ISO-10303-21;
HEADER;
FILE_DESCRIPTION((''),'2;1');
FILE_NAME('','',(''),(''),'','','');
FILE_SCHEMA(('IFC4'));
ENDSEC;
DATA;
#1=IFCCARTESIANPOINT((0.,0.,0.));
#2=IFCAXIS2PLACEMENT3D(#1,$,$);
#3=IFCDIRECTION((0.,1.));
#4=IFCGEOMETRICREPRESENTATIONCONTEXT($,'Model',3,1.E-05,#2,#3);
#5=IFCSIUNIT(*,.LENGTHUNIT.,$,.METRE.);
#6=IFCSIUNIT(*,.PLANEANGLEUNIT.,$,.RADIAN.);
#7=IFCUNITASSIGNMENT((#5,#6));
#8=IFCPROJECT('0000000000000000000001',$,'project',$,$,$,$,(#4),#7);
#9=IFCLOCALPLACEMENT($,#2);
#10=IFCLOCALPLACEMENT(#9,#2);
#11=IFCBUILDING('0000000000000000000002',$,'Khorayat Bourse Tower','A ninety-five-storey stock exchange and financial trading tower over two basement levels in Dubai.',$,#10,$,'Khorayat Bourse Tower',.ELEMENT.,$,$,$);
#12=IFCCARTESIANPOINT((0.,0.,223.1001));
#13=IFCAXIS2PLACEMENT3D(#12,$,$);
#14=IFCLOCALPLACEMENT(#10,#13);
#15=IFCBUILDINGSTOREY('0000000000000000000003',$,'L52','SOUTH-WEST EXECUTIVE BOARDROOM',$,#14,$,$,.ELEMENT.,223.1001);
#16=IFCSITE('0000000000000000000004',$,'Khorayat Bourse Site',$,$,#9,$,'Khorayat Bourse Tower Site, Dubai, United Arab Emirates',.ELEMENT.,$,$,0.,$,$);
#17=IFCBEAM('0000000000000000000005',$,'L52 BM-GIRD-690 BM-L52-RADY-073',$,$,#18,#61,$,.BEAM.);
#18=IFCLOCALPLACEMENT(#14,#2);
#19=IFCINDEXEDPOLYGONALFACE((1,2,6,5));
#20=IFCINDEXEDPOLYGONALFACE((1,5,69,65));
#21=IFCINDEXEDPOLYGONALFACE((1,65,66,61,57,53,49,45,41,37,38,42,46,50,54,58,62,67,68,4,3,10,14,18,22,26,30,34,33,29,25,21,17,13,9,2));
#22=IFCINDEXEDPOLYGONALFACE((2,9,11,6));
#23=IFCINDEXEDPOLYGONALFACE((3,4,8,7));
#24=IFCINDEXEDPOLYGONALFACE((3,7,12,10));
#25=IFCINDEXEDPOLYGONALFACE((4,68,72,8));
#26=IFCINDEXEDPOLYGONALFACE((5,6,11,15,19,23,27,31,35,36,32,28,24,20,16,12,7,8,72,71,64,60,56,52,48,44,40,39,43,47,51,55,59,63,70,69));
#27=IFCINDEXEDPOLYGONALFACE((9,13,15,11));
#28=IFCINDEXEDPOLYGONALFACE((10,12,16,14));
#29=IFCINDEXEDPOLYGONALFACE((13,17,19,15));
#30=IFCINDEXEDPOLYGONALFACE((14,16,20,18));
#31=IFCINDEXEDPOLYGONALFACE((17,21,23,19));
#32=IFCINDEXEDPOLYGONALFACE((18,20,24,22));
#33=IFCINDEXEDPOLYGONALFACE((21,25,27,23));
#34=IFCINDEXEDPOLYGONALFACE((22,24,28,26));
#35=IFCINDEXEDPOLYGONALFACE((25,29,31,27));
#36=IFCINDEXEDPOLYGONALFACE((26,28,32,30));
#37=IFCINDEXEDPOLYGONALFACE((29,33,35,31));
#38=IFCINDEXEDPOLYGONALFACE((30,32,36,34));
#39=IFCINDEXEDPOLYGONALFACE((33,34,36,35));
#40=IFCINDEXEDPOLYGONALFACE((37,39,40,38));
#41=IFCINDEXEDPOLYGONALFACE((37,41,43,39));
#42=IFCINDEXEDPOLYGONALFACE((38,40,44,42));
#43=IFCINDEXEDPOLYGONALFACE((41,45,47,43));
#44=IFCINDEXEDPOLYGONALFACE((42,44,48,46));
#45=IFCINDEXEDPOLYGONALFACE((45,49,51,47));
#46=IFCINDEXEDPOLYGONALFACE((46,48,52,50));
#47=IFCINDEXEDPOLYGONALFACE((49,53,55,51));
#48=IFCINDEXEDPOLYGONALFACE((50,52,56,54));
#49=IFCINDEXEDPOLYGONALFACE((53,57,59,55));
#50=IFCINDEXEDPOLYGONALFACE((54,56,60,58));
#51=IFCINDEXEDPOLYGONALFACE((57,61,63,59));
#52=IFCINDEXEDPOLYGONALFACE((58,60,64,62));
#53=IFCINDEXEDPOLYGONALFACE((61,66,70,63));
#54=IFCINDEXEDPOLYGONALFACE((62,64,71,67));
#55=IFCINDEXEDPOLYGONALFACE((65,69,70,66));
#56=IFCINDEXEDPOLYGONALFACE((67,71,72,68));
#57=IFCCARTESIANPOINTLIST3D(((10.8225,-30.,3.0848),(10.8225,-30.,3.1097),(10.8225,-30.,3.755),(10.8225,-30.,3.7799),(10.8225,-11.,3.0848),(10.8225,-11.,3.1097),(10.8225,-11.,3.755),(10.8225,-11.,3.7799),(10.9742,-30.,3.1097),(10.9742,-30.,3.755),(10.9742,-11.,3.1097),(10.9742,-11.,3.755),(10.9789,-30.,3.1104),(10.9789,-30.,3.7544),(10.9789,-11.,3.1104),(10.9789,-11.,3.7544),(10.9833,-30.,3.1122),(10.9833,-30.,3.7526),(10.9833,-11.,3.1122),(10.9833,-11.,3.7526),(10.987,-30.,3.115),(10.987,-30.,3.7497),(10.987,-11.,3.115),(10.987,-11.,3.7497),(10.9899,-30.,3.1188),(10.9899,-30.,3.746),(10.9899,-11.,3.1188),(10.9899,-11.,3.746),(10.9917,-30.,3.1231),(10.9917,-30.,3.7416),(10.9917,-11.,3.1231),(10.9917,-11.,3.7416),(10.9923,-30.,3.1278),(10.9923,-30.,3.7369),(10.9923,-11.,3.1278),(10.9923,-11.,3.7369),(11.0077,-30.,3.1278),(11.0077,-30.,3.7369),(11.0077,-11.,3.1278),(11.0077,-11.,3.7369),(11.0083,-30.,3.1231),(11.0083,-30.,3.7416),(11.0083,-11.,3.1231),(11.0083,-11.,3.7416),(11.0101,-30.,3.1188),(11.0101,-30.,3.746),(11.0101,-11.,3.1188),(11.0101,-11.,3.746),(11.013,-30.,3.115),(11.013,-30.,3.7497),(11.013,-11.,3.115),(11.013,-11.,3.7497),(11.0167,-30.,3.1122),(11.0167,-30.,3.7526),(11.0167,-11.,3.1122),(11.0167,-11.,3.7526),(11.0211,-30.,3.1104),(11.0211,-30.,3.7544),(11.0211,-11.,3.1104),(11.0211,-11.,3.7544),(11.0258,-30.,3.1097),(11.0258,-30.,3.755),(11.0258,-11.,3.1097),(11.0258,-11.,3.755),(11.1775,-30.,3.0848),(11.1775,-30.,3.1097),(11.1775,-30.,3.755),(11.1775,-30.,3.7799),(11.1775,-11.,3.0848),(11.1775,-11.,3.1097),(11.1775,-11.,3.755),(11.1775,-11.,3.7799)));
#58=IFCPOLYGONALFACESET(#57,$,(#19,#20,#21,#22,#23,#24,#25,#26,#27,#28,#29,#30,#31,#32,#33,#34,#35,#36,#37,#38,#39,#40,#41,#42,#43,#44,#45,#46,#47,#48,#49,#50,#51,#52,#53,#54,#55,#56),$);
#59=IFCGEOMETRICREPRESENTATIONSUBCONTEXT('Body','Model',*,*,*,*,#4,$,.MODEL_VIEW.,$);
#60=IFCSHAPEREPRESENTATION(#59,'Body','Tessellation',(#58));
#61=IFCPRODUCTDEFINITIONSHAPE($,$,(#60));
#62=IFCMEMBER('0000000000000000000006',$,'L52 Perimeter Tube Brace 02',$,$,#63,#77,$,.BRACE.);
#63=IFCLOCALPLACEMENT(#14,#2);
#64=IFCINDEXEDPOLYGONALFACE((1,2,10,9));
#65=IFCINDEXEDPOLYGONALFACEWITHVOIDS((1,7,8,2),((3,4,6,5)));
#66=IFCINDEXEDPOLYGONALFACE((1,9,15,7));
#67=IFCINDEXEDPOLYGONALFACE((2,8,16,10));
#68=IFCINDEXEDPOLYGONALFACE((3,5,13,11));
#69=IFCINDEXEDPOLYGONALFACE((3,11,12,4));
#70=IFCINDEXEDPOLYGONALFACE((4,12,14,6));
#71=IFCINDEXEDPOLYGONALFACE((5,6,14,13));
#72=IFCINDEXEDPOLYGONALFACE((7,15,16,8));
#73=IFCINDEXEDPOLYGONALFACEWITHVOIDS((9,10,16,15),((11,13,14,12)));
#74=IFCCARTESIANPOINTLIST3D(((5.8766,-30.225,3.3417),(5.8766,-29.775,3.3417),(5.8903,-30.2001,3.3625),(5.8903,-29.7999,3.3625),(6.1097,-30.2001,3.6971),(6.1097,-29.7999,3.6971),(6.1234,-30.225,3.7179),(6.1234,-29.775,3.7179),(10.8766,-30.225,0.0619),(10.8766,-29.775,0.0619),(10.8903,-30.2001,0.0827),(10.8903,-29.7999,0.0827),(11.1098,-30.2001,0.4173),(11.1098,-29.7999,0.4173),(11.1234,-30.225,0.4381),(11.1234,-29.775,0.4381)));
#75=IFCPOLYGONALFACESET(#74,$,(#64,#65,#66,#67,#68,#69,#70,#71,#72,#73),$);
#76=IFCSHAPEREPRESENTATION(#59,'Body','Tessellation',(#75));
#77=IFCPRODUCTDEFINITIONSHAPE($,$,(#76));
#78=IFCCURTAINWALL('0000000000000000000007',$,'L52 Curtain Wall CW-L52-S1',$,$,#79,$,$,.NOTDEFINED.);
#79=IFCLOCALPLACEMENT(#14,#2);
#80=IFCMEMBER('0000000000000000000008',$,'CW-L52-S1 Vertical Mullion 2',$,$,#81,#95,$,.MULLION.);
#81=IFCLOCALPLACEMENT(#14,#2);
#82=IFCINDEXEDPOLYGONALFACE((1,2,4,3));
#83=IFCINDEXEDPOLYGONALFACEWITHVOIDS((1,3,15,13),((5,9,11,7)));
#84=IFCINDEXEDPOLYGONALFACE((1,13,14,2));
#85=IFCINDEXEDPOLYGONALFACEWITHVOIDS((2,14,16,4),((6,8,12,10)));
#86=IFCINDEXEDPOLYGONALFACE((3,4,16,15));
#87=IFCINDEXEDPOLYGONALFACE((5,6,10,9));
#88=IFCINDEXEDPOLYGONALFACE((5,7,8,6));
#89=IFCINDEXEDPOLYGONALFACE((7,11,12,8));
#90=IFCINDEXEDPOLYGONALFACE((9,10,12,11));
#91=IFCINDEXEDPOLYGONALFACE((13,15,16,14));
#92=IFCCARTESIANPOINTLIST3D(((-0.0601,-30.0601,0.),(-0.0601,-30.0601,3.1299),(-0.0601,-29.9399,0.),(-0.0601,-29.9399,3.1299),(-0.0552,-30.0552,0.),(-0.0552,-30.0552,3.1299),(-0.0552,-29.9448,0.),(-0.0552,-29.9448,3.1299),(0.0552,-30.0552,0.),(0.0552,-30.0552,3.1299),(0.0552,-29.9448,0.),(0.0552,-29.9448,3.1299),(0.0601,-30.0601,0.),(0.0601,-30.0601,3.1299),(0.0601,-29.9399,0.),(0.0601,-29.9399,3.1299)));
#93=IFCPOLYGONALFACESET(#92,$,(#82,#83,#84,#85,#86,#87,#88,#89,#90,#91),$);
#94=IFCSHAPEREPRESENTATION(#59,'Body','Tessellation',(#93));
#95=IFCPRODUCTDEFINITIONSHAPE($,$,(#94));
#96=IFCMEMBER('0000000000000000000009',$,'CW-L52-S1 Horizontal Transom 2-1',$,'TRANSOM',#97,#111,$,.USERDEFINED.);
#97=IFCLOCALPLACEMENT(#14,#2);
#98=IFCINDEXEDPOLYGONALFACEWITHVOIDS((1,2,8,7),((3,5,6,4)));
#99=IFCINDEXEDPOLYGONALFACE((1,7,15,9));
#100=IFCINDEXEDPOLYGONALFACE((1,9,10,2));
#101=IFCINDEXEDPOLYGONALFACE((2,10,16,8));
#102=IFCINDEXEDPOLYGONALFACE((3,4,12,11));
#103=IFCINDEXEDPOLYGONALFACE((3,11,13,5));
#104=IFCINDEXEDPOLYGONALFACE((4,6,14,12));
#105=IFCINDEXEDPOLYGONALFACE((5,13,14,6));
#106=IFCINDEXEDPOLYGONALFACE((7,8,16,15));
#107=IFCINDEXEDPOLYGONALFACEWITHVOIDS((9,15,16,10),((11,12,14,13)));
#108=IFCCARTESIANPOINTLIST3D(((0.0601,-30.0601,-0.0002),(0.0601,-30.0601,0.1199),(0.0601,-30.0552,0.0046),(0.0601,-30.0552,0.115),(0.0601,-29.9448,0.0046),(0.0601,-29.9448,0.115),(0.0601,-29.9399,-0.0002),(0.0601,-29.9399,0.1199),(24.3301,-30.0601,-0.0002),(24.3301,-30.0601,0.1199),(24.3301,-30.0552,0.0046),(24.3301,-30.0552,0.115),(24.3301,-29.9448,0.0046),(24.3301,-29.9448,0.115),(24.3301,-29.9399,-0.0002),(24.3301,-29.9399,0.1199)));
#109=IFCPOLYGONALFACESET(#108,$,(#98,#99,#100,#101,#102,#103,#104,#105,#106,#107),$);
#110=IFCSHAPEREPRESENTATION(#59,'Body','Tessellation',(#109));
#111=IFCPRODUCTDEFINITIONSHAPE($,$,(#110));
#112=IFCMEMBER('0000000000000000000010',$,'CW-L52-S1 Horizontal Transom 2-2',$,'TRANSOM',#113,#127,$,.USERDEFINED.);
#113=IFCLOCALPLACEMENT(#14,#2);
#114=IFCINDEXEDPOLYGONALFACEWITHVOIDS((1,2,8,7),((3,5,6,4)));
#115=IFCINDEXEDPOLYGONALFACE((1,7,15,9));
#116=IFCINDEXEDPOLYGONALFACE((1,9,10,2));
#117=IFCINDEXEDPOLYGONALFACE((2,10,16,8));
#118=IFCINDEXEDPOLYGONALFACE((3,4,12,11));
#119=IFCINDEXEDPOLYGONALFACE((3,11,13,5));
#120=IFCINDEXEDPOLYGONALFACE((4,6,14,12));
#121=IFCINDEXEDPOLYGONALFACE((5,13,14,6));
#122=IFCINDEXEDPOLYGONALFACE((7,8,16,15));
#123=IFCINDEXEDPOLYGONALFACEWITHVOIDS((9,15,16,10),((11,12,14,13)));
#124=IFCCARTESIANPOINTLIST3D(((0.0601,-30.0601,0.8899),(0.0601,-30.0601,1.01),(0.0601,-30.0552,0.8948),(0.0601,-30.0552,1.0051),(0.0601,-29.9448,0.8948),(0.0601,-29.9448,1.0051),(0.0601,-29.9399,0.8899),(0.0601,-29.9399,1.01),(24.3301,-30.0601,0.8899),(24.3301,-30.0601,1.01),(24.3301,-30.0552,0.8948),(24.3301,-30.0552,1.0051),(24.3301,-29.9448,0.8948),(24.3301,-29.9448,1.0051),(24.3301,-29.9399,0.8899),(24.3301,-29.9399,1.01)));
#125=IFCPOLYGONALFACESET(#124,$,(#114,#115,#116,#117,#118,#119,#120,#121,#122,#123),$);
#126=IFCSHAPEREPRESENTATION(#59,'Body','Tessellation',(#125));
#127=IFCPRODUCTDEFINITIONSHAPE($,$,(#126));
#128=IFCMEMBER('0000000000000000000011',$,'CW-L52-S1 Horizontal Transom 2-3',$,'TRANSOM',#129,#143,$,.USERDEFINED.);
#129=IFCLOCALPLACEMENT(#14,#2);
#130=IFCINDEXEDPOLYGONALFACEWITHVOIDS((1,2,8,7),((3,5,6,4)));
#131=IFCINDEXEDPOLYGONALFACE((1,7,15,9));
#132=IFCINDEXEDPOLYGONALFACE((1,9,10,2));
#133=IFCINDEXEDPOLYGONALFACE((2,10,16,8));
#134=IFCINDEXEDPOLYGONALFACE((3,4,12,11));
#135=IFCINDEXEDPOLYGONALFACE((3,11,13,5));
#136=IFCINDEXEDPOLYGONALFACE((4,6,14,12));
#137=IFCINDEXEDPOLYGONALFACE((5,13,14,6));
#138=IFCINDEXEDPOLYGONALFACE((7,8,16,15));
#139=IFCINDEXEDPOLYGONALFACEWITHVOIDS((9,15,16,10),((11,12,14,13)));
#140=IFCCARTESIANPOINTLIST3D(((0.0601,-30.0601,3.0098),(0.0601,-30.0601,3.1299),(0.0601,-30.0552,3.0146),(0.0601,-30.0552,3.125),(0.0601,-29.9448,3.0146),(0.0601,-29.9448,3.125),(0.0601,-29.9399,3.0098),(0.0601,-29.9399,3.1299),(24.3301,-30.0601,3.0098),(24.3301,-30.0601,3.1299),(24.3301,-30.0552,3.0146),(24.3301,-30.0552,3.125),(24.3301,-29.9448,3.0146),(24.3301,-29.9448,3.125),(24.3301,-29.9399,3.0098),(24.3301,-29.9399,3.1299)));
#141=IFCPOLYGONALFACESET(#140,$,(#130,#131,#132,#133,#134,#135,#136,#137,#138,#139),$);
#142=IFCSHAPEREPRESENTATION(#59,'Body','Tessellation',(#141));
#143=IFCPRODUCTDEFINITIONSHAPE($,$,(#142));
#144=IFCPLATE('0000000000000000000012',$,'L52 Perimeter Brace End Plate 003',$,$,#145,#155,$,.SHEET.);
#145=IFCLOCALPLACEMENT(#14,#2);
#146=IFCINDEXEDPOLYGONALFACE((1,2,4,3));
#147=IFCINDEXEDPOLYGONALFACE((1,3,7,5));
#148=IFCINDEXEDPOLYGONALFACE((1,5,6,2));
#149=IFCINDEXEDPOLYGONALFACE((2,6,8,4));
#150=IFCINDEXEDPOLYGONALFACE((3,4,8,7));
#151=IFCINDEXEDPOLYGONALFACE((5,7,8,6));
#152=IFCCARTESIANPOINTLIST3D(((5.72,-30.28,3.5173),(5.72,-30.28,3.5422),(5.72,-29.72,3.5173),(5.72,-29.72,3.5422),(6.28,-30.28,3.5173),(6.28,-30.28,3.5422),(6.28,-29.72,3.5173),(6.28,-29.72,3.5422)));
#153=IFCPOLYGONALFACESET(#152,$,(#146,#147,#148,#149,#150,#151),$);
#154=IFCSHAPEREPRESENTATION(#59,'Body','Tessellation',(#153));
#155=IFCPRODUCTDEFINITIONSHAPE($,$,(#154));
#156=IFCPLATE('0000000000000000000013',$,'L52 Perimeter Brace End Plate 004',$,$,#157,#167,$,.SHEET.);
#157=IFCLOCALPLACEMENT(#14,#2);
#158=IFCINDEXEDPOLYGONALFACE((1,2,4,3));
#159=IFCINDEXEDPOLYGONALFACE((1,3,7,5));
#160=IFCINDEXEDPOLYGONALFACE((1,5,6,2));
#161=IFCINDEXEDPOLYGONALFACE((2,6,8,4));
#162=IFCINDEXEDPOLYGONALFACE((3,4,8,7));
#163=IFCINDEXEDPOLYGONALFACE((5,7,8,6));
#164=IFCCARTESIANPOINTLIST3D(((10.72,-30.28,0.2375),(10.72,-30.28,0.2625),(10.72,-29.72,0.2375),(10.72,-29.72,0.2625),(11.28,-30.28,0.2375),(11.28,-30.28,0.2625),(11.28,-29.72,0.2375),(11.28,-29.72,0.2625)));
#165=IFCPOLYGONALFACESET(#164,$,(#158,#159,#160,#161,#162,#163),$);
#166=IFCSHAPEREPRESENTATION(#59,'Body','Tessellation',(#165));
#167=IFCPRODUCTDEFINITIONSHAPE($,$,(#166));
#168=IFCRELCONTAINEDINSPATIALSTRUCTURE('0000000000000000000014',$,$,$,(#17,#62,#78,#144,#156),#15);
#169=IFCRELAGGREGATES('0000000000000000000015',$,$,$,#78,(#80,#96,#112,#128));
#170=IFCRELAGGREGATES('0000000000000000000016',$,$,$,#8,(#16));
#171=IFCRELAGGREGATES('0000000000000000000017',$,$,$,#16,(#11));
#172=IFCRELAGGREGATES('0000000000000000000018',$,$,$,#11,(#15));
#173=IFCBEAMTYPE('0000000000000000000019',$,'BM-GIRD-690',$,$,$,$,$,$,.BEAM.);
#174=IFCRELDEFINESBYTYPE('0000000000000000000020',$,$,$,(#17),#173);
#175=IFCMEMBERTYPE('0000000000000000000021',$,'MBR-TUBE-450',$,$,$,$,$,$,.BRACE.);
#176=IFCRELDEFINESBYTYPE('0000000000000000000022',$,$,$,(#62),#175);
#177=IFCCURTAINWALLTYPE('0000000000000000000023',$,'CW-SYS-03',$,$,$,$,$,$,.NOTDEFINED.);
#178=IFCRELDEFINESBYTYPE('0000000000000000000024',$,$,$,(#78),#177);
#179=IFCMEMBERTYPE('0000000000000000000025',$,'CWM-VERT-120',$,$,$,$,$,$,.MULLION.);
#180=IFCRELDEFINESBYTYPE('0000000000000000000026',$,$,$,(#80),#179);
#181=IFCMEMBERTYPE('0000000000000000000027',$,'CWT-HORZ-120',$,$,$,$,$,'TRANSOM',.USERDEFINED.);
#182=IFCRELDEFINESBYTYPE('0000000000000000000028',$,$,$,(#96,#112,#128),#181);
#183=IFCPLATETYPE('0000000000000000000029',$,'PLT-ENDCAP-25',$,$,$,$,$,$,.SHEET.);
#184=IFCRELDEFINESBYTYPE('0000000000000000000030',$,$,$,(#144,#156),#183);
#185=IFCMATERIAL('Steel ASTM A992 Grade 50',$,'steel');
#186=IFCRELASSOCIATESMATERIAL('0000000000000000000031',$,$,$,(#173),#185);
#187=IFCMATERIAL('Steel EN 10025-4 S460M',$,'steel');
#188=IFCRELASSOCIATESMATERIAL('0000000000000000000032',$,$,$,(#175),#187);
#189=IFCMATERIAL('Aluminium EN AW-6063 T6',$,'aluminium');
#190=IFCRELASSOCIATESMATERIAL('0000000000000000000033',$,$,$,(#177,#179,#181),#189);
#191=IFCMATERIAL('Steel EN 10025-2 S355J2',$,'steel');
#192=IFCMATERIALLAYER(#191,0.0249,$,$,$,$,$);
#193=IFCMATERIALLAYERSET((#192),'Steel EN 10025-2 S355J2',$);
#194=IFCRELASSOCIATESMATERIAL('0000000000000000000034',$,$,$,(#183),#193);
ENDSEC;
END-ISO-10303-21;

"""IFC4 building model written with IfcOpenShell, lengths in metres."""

from ifc_helpers import new_model, si_unit, direction, frame, origin, origin_2d, place, context, subcontext, project, spatial, rectangle, hollow_rectangle, i_section, extrude, source, transform, mapped, material, layer, layer_set, material_profile, profile_set, type_object, element, aggregate, save


model = new_model("IFC4")

# Units and contexts
model_context = context("Model", 3, precision=1e-05, world=origin(), true_north=direction((0.0, 1.0)))
body_context = subcontext(model_context, "Body", "Model", "MODEL_VIEW")
ifc_project = project(units=[si_unit("LENGTHUNIT", "METRE"), si_unit("PLANEANGLEUNIT", "RADIAN")], contexts=[model_context])

# Site, building, storey
site_placement = place(None, origin())
site = spatial("IfcSite", under=ifc_project, at=site_placement, Name="Khorayat Bourse Site", LongName="Khorayat Bourse Tower Site, Dubai, United Arab Emirates", CompositionType="ELEMENT", RefElevation=0.0)
building_placement = place(site_placement, origin())
building = spatial("IfcBuilding", under=site, at=building_placement, Name="Khorayat Bourse Tower", Description="A ninety-five-storey stock exchange and financial trading tower over two basement levels in Dubai.", LongName="Khorayat Bourse Tower", CompositionType="ELEMENT")
storey_placement = place(building_placement, frame((0.0, 0.0, 223.1001)))
storey = spatial("IfcBuildingStorey", under=building, at=storey_placement, Name="L52", Description="SOUTH-WEST EXECUTIVE BOARDROOM", CompositionType="ELEMENT", Elevation=223.1001)

# Shared definitions
ifc_material_1 = material(Name="Steel EN 10025-4 S460M", Category="steel")

# Beam
ifc_material_2 = material(Name="Steel ASTM A992 Grade 50", Category="steel")
ifc_material_profile_1 = material_profile(ifc_material_2, i_section(OverallWidth=0.355, OverallDepth=0.6951, WebThickness=0.0154, FlangeThickness=0.0249, FilletRadius=0.0181, at=origin_2d()), Name="W690X217")
ifc_profile_set_1 = profile_set([ifc_material_profile_1], Name="Steel ASTM A992 Grade 50")
beam_type_1 = type_object("IfcBeamType", Name="BM-GIRD-690", PredefinedType="BEAM", material=ifc_profile_set_1)
shared_shape_1 = source(origin(), body_context, "Body", "SweptSolid", [
    extrude(i_section(OverallWidth=0.355, OverallDepth=0.6951, WebThickness=0.0154, FlangeThickness=0.0249, FilletRadius=0.0181, at=origin_2d()), origin(), (0.0, 0.0, 1.0), 19.0),
])
for number, where, z_axis, x_axis, name in (
    (1, (11.0, -30.0, 3.4324), (0.0, 1.0, 0.0), (-1.0, 0.0, 0.0), "L52 BM-GIRD-690 BM-L52-RADY-073"),
):
    element("IfcBeam", number, at=place(storey_placement, frame(where, z_axis=z_axis, x_axis=x_axis)), inside=storey, type_object=beam_type_1, Name=name, PredefinedType="BEAM", context=body_context, shape_type="MappedRepresentation", body=[
        mapped(shared_shape_1, transform((0.0, 0.0, 0.0), scale=1.0)),
    ])

# Member
ifc_material_profile_2 = material_profile(ifc_material_1, hollow_rectangle(XDim=0.45, YDim=0.45, WallThickness=0.0249, at=origin_2d()), Name="HSS 450x450x25")
ifc_profile_set_2 = profile_set([ifc_material_profile_2], Name="Steel EN 10025-4 S460M")
member_type_1 = type_object("IfcMemberType", Name="MBR-TUBE-450", PredefinedType="BRACE", material=ifc_profile_set_2)
shared_shape_2 = source(origin(), body_context, "Body", "SweptSolid", [
    extrude(hollow_rectangle(XDim=0.45, YDim=0.45, WallThickness=0.0249, at=origin_2d()), origin(), (0.0, 0.0, 1.0), 5.9797),
])
member_1_placement = place(storey_placement, frame((6.0, -30.0, 3.5298), z_axis=(0.83616, 0.0, -0.548485), x_axis=(0.0, 1.0, 0.0)))
element("IfcMember", 2, at=member_1_placement, inside=storey, type_object=member_type_1, Name="L52 Perimeter Tube Brace 02", PredefinedType="BRACE", context=body_context, shape_type="MappedRepresentation", body=[
    mapped(shared_shape_2, transform((0.0, 0.0, 0.0), scale=1.0)),
])

# Curtain wall, members
ifc_material_3 = material(Name="Aluminium EN AW-6063 T6", Category="aluminium")
curtain_wall_type = type_object("IfcCurtainWallType", Name="CW-SYS-03", PredefinedType="NOTDEFINED", material=ifc_material_3)
curtain_wall_placement = place(storey_placement, origin())
curtain_wall = element("IfcCurtainWall", 3, at=curtain_wall_placement, inside=storey, type_object=curtain_wall_type, Name="L52 Curtain Wall CW-L52-S1", PredefinedType="NOTDEFINED")
ifc_material_profile_3 = material_profile(ifc_material_3, hollow_rectangle(XDim=0.1201, YDim=0.1201, WallThickness=0.0049, at=origin_2d()), Name="ALU 120x120x5")
ifc_profile_set_3 = profile_set([ifc_material_profile_3], Name="Aluminium EN AW-6063 T6")
member_type_2 = type_object("IfcMemberType", Name="CWM-VERT-120", PredefinedType="MULLION", material=ifc_profile_set_3)
shared_shape_3 = source(origin(), body_context, "Body", "SweptSolid", [
    extrude(hollow_rectangle(XDim=0.1201, YDim=0.1201, WallThickness=0.0049, at=origin_2d()), origin(), (0.0, 0.0, 1.0), 3.1299),
])
member_2_placement = place(storey_placement, frame((0.0, -30.0, 0.0), z_axis=(0.0, 0.0, 1.0), x_axis=(0.0, 1.0, 0.0)))
member_2 = element("IfcMember", 4, at=member_2_placement, type_object=member_type_2, Name="CW-L52-S1 Vertical Mullion 2", PredefinedType="MULLION", context=body_context, shape_type="MappedRepresentation", body=[
    mapped(shared_shape_3, transform((0.0, 0.0, 0.0), scale=1.0)),
])
ifc_material_profile_4 = material_profile(ifc_material_3, hollow_rectangle(XDim=0.1201, YDim=0.1201, WallThickness=0.0049, at=origin_2d()), Name="ALU 120x120x5")
ifc_profile_set_4 = profile_set([ifc_material_profile_4], Name="Aluminium EN AW-6063 T6")
member_type_3 = type_object("IfcMemberType", Name="CWT-HORZ-120", ElementType="TRANSOM", PredefinedType="USERDEFINED", material=ifc_profile_set_4)
shared_shape_4 = source(origin(), body_context, "Body", "SweptSolid", [
    extrude(hollow_rectangle(XDim=0.1201, YDim=0.1201, WallThickness=0.0049, at=origin_2d()), origin(), (0.0, 0.0, 1.0), 24.27),
])
member_3_placement = place(storey_placement, frame((0.0601, -30.0, 0.0598), z_axis=(1.0, 0.0, 0.0), x_axis=(0.0, 1.0, 0.0)))
member_3 = element("IfcMember", 5, at=member_3_placement, type_object=member_type_3, Name="CW-L52-S1 Horizontal Transom 2-1", ObjectType="TRANSOM", PredefinedType="USERDEFINED", context=body_context, shape_type="MappedRepresentation", body=[
    mapped(shared_shape_4, transform((0.0, 0.0, 0.0), scale=1.0)),
])
member_4_placement = place(storey_placement, frame((0.0601, -30.0, 0.95), z_axis=(1.0, 0.0, 0.0), x_axis=(0.0, 1.0, 0.0)))
member_4 = element("IfcMember", 6, at=member_4_placement, type_object=member_type_3, Name="CW-L52-S1 Horizontal Transom 2-2", ObjectType="TRANSOM", PredefinedType="USERDEFINED", context=body_context, shape_type="MappedRepresentation", body=[
    mapped(shared_shape_4, transform((0.0, 0.0, 0.0), scale=1.0)),
])
member_5_placement = place(storey_placement, frame((0.0601, -30.0, 3.0698), z_axis=(1.0, 0.0, 0.0), x_axis=(0.0, 1.0, 0.0)))
member_5 = element("IfcMember", 7, at=member_5_placement, type_object=member_type_3, Name="CW-L52-S1 Horizontal Transom 2-3", ObjectType="TRANSOM", PredefinedType="USERDEFINED", context=body_context, shape_type="MappedRepresentation", body=[
    mapped(shared_shape_4, transform((0.0, 0.0, 0.0), scale=1.0)),
])
aggregate(curtain_wall, [member_2, member_3, member_4, member_5])

# Plates
ifc_material_4 = material(Name="Steel EN 10025-2 S355J2", Category="steel")
ifc_layer_1 = layer(ifc_material_4, 0.0249)
ifc_layer_set_1 = layer_set([ifc_layer_1], Name="Steel EN 10025-2 S355J2")
plate_type = type_object("IfcPlateType", Name="PLT-ENDCAP-25", PredefinedType="SHEET", material=ifc_layer_set_1)
shared_shape_5 = source(origin(), body_context, "Body", "SweptSolid", [
    extrude(rectangle(XDim=0.5601, YDim=0.5601, at=origin_2d()), origin(), (0.0, 0.0, 1.0), 0.0249),
])
for number, where, z_axis, x_axis, name in (
    (8, (6.0, -30.0, 3.5173), (0.0, 0.0, 1.0), (1.0, 0.0, 0.0), "L52 Perimeter Brace End Plate 003"),
    (9, (11.0, -30.0, 0.2375), (0.0, 0.0, 1.0), (1.0, 0.0, 0.0), "L52 Perimeter Brace End Plate 004"),
):
    element("IfcPlate", number, at=place(storey_placement, frame(where, z_axis=z_axis, x_axis=x_axis)), inside=storey, type_object=plate_type, Name=name, PredefinedType="SHEET", context=body_context, shape_type="MappedRepresentation", body=[
        mapped(shared_shape_5, transform((0.0, 0.0, 0.0), scale=1.0)),
    ])

save(model, "model.ifc")
